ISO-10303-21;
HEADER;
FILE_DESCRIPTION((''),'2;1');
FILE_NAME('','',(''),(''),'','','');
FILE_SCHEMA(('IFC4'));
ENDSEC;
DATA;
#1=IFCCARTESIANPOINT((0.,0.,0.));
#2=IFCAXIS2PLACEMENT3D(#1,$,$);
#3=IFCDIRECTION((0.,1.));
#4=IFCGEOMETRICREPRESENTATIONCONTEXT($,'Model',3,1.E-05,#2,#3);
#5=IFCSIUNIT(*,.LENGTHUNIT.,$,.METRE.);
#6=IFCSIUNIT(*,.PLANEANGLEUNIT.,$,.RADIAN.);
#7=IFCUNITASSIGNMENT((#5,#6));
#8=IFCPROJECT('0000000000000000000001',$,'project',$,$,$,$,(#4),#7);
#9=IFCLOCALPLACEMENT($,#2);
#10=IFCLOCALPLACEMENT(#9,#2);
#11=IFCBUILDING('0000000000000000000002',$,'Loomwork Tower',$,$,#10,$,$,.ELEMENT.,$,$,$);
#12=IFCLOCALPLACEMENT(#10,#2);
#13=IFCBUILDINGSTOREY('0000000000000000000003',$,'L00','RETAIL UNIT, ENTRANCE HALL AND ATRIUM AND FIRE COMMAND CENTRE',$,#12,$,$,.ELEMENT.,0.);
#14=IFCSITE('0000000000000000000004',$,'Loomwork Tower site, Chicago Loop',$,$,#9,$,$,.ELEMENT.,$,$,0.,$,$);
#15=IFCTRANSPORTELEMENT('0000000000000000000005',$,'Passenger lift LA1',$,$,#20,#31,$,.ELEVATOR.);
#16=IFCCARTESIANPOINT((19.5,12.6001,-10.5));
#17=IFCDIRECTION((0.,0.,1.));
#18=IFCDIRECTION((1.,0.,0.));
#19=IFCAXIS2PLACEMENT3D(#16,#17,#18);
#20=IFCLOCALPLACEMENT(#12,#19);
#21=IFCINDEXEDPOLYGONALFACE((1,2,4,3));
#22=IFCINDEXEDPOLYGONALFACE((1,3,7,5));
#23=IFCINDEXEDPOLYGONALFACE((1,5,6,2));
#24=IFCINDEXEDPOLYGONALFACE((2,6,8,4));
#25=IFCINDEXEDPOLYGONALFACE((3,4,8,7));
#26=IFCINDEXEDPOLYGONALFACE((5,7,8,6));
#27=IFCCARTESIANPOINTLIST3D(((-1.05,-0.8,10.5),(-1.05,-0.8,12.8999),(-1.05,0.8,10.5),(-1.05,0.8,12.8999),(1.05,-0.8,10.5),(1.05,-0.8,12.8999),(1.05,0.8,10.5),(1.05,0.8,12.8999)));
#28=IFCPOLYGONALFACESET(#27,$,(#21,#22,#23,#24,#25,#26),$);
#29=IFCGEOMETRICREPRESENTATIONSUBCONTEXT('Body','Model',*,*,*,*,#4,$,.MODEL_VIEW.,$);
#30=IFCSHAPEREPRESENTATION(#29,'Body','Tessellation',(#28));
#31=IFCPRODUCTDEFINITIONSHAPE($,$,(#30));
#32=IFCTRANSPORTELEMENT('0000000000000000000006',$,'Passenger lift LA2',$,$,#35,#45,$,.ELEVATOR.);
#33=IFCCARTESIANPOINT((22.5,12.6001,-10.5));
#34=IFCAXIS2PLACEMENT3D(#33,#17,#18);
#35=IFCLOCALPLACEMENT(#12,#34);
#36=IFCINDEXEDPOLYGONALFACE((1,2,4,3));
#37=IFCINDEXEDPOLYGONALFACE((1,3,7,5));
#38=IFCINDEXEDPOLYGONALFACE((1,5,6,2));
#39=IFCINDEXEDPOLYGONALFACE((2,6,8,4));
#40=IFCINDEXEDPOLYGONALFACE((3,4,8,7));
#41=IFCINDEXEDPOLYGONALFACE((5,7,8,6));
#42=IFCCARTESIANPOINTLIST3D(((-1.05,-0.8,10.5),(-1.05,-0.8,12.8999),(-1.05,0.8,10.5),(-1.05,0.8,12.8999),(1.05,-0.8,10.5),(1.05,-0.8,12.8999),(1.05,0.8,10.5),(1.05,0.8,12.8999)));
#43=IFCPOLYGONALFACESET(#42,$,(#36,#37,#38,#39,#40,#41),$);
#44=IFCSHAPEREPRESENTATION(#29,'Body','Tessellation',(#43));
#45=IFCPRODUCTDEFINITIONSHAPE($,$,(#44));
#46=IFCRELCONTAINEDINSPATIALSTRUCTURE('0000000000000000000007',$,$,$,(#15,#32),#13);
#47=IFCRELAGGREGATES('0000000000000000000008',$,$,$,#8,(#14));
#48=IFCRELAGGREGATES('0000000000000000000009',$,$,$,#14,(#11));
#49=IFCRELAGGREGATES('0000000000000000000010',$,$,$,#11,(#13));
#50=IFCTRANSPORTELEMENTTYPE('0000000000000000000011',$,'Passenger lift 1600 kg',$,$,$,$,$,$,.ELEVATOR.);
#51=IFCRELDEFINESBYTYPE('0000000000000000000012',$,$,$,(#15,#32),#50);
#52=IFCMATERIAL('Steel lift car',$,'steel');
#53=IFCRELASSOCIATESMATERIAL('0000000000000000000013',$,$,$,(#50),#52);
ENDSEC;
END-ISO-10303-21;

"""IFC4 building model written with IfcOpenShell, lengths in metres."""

from ifc_helpers import new_model, si_unit, direction, frame, origin, origin_2d, place, context, subcontext, project, spatial, rectangle, extrude, material, type_object, element, save


model = new_model("IFC4")

# Units and contexts
model_context = context("Model", 3, precision=1e-05, world=origin(), true_north=direction((0.0, 1.0)))
body_context = subcontext(model_context, "Body", "Model", "MODEL_VIEW")
ifc_project = project(units=[si_unit("LENGTHUNIT", "METRE"), si_unit("PLANEANGLEUNIT", "RADIAN")], contexts=[model_context])

# Site, building, storey
site_placement = place(None, origin())
site = spatial("IfcSite", under=ifc_project, at=site_placement, Name="Loomwork Tower site, Chicago Loop", CompositionType="ELEMENT", RefElevation=0.0)
building_placement = place(site_placement, origin())
building = spatial("IfcBuilding", under=site, at=building_placement, Name="Loomwork Tower", CompositionType="ELEMENT")
storey_placement = place(building_placement, origin())
storey = spatial("IfcBuildingStorey", under=building, at=storey_placement, Name="L00", Description="RETAIL UNIT, ENTRANCE HALL AND ATRIUM AND FIRE COMMAND CENTRE", CompositionType="ELEMENT", Elevation=0.0)

# Transport elements
ifc_material_1 = material(Name="Steel lift car", Category="steel")
transport_element_type = type_object("IfcTransportElementType", Name="Passenger lift 1600 kg", PredefinedType="ELEVATOR", material=ifc_material_1)
for number, where, z_axis, x_axis, name in (
    (1, (19.5, 12.6001, -10.5), (0.0, 0.0, 1.0), (1.0, 0.0, 0.0), "Passenger lift LA1"),
    (2, (22.5, 12.6001, -10.5), (0.0, 0.0, 1.0), (1.0, 0.0, 0.0), "Passenger lift LA2"),
):
    element("IfcTransportElement", number, at=place(storey_placement, frame(where, z_axis=z_axis, x_axis=x_axis)), inside=storey, type_object=transport_element_type, Name=name, PredefinedType="ELEVATOR", context=body_context, shape_type="SweptSolid", body=[
        extrude(rectangle(XDim=2.1001, YDim=1.6001, at=origin_2d()), frame((0.0, 0.0, 10.5)), (0.0, 0.0, 1.0), 2.3999),
    ])

save(model, "model.ifc")
